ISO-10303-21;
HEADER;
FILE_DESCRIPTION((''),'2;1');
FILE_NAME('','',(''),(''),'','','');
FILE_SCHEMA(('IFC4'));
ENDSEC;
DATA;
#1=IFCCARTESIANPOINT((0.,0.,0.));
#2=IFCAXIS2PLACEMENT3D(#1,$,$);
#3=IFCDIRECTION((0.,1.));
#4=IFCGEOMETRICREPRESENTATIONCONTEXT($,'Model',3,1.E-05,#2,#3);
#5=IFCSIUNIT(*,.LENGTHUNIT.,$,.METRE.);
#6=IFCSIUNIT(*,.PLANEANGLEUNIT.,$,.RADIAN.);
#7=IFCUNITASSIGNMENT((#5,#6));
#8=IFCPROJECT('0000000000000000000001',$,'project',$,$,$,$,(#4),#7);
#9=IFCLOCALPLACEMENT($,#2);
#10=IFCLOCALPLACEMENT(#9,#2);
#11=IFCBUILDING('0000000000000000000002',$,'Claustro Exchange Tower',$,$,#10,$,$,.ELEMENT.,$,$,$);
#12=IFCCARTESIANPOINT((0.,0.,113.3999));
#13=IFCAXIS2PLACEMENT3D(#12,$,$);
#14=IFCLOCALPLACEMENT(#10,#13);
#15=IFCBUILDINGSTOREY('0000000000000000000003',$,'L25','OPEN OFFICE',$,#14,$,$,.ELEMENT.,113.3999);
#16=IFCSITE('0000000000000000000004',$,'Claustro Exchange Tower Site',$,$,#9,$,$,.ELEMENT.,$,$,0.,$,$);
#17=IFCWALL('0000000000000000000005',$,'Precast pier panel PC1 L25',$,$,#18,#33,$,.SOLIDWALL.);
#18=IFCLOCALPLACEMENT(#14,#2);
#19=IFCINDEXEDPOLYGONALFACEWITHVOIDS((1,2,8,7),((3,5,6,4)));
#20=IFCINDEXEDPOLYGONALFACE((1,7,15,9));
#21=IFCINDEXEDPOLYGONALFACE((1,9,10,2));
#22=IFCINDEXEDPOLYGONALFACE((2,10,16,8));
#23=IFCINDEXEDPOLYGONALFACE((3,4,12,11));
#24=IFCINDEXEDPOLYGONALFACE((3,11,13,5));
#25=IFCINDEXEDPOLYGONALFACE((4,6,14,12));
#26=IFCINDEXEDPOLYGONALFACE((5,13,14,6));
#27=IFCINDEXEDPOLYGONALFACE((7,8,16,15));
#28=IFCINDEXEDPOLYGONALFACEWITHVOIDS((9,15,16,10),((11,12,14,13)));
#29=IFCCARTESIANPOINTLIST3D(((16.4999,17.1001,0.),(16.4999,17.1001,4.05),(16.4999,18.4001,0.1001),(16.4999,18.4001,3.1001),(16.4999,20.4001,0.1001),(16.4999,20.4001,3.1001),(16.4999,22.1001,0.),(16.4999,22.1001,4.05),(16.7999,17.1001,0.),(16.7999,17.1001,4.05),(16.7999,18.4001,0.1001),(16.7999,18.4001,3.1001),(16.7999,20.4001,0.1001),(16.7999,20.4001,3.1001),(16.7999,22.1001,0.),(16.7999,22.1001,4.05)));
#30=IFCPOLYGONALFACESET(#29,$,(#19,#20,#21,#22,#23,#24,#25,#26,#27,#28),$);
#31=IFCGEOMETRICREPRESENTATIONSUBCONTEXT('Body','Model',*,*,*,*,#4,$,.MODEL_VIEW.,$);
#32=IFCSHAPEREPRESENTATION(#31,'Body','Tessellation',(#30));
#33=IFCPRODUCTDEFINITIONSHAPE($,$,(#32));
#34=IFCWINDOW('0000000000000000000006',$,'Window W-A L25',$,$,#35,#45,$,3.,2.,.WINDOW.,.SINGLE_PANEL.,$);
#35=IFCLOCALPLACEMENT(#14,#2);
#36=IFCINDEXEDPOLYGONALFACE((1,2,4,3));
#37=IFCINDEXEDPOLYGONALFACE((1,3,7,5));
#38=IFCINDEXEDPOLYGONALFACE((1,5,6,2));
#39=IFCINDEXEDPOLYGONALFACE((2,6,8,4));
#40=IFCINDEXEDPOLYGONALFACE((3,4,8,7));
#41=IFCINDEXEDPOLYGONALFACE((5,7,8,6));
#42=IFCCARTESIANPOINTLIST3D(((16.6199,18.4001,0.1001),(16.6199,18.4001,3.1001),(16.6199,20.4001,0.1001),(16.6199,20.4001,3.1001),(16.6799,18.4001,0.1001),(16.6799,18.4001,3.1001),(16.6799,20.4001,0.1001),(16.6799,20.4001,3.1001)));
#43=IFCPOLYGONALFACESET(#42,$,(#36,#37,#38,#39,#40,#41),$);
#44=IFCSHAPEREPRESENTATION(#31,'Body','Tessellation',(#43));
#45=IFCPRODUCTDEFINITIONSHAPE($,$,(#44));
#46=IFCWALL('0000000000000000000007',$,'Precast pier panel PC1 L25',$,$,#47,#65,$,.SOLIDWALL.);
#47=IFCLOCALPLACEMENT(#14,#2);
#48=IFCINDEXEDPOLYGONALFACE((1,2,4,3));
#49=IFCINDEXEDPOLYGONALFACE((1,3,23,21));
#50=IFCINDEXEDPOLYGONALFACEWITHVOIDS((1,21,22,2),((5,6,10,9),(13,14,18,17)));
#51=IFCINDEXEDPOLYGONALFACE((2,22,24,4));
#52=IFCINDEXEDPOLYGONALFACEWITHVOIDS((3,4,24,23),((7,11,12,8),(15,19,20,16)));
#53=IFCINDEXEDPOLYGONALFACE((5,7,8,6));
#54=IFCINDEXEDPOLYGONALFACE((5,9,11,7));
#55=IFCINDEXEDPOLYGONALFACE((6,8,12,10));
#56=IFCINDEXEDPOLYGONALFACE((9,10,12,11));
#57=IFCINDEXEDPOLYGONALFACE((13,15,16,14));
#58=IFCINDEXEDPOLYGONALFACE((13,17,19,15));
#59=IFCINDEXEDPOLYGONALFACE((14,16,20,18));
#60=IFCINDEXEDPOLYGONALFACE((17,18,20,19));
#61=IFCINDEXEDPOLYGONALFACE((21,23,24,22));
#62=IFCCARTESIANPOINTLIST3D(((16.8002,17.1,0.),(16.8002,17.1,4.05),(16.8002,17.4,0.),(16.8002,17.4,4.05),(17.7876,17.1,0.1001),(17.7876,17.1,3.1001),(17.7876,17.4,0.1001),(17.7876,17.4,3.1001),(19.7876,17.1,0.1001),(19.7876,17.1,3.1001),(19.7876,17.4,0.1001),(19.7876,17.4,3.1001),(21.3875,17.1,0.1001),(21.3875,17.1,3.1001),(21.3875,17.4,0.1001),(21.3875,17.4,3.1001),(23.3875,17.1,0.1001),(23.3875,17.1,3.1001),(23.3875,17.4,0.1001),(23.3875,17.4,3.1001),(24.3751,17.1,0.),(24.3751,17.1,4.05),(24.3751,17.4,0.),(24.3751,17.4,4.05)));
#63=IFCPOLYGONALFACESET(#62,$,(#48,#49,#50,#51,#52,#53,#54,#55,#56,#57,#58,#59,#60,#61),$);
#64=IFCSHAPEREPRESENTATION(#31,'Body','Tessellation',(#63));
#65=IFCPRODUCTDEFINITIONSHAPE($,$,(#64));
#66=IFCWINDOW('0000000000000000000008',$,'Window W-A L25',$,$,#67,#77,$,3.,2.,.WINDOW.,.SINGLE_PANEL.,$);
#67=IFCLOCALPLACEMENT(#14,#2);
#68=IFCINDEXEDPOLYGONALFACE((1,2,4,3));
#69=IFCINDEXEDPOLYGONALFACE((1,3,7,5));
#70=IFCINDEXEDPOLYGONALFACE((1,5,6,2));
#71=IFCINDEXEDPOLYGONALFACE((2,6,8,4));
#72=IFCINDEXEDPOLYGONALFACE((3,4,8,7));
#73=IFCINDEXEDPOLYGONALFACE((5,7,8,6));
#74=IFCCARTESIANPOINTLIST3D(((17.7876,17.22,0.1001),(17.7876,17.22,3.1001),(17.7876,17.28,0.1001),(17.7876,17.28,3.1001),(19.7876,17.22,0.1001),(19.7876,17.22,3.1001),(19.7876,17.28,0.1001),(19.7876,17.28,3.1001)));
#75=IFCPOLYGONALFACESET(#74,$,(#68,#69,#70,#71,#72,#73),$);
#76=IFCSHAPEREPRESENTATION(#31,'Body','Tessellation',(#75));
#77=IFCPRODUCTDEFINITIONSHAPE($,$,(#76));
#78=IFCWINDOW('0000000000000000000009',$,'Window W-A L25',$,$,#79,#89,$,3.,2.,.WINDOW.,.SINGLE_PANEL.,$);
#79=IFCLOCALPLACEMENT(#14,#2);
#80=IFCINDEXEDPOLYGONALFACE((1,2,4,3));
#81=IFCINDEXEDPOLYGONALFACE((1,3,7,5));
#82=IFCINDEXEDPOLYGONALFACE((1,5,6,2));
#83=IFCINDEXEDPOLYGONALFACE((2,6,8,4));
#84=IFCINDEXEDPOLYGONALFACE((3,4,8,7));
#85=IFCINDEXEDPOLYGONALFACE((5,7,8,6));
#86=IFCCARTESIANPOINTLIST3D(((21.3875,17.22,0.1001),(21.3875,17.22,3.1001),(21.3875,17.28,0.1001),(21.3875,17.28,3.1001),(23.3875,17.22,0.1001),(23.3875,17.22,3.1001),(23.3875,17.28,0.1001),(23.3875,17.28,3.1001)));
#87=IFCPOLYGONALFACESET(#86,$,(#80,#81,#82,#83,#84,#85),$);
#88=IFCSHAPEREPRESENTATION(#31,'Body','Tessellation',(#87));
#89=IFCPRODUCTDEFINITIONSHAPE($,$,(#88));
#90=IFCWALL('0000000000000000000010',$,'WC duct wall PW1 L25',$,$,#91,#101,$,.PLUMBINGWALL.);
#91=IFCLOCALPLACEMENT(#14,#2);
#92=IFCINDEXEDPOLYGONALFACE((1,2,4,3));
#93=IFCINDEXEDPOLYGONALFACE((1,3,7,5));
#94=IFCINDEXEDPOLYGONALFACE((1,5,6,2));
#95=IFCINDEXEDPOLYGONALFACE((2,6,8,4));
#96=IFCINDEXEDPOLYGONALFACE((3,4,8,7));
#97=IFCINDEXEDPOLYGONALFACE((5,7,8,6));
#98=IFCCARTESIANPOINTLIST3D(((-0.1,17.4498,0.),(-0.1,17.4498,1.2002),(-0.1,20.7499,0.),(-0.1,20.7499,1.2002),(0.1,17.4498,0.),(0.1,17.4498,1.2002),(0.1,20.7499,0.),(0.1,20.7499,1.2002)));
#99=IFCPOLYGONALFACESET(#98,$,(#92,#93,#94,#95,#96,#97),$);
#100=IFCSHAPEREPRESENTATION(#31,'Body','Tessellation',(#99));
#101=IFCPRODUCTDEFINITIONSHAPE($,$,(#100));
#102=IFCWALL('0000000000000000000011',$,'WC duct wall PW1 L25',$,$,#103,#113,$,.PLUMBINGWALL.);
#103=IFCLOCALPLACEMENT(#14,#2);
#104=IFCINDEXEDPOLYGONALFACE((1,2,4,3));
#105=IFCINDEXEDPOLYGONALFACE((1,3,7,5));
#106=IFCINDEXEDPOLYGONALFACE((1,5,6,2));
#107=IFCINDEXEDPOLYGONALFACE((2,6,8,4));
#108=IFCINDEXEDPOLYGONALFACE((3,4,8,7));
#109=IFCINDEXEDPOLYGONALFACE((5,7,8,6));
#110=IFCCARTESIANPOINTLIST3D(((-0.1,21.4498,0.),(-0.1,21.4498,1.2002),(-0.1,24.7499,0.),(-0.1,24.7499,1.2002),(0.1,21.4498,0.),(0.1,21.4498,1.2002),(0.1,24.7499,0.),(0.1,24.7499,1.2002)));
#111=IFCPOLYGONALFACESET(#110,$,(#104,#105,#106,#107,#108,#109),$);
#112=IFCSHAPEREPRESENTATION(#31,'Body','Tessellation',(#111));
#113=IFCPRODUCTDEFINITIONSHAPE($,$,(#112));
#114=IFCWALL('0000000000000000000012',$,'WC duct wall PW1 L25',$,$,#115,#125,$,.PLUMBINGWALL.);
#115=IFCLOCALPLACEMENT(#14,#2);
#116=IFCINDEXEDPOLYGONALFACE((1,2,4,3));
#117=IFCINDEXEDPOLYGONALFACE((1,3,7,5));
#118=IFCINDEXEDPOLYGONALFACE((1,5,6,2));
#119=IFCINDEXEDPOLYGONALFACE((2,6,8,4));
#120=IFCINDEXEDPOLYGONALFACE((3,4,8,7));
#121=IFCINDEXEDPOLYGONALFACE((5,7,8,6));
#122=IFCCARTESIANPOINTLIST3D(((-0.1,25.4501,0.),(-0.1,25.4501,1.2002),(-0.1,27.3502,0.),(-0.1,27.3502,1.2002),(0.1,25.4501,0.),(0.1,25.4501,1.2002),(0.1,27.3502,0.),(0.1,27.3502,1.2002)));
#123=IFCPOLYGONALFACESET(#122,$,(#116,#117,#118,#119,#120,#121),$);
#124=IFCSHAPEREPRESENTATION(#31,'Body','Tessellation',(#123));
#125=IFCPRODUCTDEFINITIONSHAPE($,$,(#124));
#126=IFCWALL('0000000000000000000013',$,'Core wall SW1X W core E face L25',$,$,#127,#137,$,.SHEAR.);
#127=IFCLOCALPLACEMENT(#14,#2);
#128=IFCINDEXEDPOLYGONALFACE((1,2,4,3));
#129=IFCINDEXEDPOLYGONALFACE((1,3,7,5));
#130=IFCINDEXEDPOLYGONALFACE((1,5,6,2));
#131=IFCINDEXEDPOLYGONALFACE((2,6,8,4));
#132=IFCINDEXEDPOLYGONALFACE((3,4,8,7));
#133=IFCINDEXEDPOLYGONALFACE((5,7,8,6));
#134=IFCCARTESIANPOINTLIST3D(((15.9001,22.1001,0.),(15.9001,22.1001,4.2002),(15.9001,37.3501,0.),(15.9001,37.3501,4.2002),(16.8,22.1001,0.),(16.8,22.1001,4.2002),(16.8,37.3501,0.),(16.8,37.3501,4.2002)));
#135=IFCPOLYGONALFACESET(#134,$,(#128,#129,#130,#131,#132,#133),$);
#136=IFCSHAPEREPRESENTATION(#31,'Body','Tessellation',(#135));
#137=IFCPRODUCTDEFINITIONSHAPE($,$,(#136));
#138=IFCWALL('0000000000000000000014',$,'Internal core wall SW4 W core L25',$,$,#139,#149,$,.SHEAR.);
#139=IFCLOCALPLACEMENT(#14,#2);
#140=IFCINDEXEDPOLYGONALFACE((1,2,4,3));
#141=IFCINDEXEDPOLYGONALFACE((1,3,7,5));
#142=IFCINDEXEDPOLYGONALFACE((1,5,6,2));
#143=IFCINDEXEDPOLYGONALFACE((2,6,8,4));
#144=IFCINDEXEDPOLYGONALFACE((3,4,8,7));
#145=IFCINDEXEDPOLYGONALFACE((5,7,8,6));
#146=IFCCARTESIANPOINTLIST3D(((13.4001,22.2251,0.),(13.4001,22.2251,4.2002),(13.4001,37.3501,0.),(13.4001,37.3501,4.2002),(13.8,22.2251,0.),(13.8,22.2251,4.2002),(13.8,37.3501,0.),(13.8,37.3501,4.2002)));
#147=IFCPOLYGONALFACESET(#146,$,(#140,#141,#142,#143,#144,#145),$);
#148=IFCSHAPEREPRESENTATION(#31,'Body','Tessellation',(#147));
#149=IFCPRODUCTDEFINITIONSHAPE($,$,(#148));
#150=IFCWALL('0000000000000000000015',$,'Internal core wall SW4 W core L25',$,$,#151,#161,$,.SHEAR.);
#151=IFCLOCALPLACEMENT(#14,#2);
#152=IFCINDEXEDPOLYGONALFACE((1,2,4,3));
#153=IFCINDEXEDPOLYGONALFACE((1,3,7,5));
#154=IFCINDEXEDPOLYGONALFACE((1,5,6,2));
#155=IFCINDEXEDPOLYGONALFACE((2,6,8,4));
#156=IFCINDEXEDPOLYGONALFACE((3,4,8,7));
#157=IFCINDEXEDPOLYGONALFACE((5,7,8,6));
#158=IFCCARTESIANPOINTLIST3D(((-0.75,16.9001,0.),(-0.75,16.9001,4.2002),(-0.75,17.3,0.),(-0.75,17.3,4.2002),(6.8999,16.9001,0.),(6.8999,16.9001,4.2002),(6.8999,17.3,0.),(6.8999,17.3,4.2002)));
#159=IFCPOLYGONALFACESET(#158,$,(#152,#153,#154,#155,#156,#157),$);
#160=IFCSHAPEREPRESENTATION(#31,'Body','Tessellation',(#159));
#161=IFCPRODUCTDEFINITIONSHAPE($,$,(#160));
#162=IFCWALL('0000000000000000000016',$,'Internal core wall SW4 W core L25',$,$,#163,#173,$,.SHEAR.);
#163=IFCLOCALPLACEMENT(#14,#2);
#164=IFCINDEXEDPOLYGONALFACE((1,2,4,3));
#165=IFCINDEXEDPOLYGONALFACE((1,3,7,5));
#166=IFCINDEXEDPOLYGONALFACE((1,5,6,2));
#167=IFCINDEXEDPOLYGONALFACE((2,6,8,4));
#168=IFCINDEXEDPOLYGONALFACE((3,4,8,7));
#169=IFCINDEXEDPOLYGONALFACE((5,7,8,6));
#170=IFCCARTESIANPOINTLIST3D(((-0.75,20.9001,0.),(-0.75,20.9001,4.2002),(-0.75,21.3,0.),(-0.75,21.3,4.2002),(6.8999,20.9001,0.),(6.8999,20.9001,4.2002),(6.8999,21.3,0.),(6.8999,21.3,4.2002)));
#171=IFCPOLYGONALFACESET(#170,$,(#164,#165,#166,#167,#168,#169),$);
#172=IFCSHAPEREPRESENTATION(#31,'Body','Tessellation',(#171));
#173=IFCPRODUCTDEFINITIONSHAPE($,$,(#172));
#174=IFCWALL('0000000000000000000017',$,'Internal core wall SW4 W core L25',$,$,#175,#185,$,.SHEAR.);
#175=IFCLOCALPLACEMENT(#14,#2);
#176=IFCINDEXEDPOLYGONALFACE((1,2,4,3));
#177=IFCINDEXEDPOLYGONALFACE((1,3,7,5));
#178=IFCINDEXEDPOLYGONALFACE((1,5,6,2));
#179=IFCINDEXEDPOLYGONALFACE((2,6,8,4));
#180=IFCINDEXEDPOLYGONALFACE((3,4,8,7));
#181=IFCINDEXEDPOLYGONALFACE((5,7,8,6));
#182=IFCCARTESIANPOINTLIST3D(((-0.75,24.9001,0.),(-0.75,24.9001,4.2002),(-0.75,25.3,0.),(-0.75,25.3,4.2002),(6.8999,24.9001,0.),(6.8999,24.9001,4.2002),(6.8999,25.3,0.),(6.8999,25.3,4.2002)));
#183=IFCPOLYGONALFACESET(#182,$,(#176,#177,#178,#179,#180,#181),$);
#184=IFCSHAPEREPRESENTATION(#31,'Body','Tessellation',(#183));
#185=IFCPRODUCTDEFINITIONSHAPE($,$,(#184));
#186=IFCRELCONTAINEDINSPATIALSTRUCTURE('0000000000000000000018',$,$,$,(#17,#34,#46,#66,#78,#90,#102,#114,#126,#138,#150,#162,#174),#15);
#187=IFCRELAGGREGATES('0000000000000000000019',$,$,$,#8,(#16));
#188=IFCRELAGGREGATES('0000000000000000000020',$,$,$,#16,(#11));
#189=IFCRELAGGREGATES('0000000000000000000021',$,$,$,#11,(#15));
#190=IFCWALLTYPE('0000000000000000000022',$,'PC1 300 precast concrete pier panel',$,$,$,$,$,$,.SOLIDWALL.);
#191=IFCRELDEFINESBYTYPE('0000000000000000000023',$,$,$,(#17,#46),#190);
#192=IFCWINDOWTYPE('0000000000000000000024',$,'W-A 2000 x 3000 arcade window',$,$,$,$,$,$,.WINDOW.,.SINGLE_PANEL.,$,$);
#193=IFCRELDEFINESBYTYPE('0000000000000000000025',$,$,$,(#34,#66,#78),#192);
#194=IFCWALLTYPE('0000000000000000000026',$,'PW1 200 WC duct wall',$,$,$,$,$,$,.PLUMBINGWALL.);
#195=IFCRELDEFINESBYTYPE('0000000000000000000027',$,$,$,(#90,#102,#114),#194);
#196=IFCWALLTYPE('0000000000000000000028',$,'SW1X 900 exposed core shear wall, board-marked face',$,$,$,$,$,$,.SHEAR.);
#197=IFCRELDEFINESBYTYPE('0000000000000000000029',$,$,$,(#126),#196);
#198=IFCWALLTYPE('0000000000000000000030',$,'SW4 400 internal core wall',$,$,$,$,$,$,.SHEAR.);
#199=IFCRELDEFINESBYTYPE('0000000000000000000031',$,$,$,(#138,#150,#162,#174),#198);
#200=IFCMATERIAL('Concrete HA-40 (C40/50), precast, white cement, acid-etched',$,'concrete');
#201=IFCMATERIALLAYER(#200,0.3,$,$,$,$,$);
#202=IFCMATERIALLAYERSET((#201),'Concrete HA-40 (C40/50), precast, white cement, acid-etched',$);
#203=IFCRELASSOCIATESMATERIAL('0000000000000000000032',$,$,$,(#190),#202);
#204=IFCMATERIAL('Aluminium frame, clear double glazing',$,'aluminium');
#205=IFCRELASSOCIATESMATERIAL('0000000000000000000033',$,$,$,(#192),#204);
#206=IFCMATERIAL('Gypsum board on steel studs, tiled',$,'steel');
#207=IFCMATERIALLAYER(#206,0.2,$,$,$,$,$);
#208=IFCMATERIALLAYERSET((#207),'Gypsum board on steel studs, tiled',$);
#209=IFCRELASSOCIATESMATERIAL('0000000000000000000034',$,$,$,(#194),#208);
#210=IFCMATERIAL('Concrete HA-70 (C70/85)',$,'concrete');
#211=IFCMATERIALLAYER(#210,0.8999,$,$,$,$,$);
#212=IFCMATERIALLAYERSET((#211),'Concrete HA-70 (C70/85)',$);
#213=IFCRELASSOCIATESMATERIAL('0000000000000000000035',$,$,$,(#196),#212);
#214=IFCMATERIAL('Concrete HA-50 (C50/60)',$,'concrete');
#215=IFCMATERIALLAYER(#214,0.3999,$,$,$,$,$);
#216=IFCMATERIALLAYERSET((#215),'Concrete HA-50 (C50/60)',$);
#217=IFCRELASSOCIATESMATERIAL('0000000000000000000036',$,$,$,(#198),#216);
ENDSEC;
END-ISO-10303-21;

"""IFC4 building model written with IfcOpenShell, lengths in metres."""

from ifc_helpers import new_model, si_unit, direction, frame, frame_2d, origin, place, context, subcontext, project, spatial, rectangle, extrude, material, layer, layer_set, type_object, element, fill, save


model = new_model("IFC4")

# Units and contexts
model_context = context("Model", 3, precision=1e-05, world=origin(), true_north=direction((0.0, 1.0)))
body_context = subcontext(model_context, "Body", "Model", "MODEL_VIEW")
ifc_project = project(units=[si_unit("LENGTHUNIT", "METRE"), si_unit("PLANEANGLEUNIT", "RADIAN")], contexts=[model_context])

# Site, building, storey
site_placement = place(None, origin())
site = spatial("IfcSite", under=ifc_project, at=site_placement, Name="Claustro Exchange Tower Site", CompositionType="ELEMENT", RefElevation=0.0)
building_placement = place(site_placement, origin())
building = spatial("IfcBuilding", under=site, at=building_placement, Name="Claustro Exchange Tower", CompositionType="ELEMENT")
storey_placement = place(building_placement, frame((0.0, 0.0, 113.3999)))
storey = spatial("IfcBuildingStorey", under=building, at=storey_placement, Name="L25", Description="OPEN OFFICE", CompositionType="ELEMENT", Elevation=113.3999)

# Wall, opening, window
ifc_material_1 = material(Name="Concrete HA-40 (C40/50), precast, white cement, acid-etched", Category="concrete")
ifc_layer_1 = layer(ifc_material_1, 0.3)
ifc_layer_set_1 = layer_set([ifc_layer_1], Name="Concrete HA-40 (C40/50), precast, white cement, acid-etched")
wall_type_1 = type_object("IfcWallType", Name="PC1 300 precast concrete pier panel", PredefinedType="SOLIDWALL", material=ifc_layer_set_1)
wall_1_placement = place(storey_placement, frame((16.6499, 17.1001, 0.0), z_axis=(0.0, 0.0, 1.0), x_axis=(0.0, 1.0, 0.0)))
wall_1 = element("IfcWall", 1, at=wall_1_placement, inside=storey, type_object=wall_type_1, Name="Precast pier panel PC1 L25", PredefinedType="SOLIDWALL", context=body_context, shape_type="SweptSolid", body=[
    extrude(rectangle(XDim=5.0, YDim=0.3, at=frame_2d((2.5, 0.0))), origin(), (0.0, 0.0, 1.0), 4.05),
])
opening_1_placement = place(wall_1_placement, frame((1.3, 0.0, 0.1001)))
opening_1 = element("IfcOpeningElement", 2, at=opening_1_placement, cuts=wall_1, PredefinedType="OPENING", context=body_context, shape_type="SweptSolid", body=[
    extrude(rectangle(XDim=2.0, YDim=3.0, at=frame_2d((1.0, 1.5))), frame((0.0, 0.1599, 0.0), z_axis=(0.0, -1.0, 0.0), x_axis=(1.0, 0.0, 0.0)), (0.0, 0.0, 1.0), 0.3201),
])
ifc_material_2 = material(Name="Aluminium frame, clear double glazing", Category="aluminium")
window_type = type_object("IfcWindowType", Name="W-A 2000 x 3000 arcade window", PartitioningType="SINGLE_PANEL", PredefinedType="WINDOW", material=ifc_material_2)
window_1_placement = place(opening_1_placement, origin())
window_1 = element("IfcWindow", 3, at=window_1_placement, inside=storey, type_object=window_type, Name="Window W-A L25", OverallHeight=3.0, OverallWidth=2.0, PartitioningType="SINGLE_PANEL", PredefinedType="WINDOW", context=body_context, shape_type="SweptSolid", body=[
    extrude(rectangle(XDim=2.0, YDim=3.0, at=frame_2d((1.0, 1.5))), frame((0.0, 0.03, 0.0), z_axis=(0.0, -1.0, 0.0), x_axis=(1.0, 0.0, 0.0)), (0.0, 0.0, 1.0), 0.0601),
])
fill(opening_1, window_1)

# Wall, openings, windows
wall_2_placement = place(storey_placement, frame((16.8, 17.25, 0.0), z_axis=(0.0, 0.0, 1.0), x_axis=(1.0, 0.0, 0.0)))
wall_2 = element("IfcWall", 4, at=wall_2_placement, inside=storey, type_object=wall_type_1, Name="Precast pier panel PC1 L25", PredefinedType="SOLIDWALL", context=body_context, shape_type="SweptSolid", body=[
    extrude(rectangle(XDim=7.575, YDim=0.3, at=frame_2d((3.7876, 0.0))), origin(), (0.0, 0.0, 1.0), 4.05),
])
opening_2_placement = place(wall_2_placement, frame((0.9875, 0.0, 0.1001)))
opening_2 = element("IfcOpeningElement", 5, at=opening_2_placement, cuts=wall_2, PredefinedType="OPENING", context=body_context, shape_type="SweptSolid", body=[
    extrude(rectangle(XDim=2.0, YDim=3.0, at=frame_2d((1.0, 1.5))), frame((0.0, 0.1599, 0.0), z_axis=(0.0, -1.0, 0.0), x_axis=(1.0, 0.0, 0.0)), (0.0, 0.0, 1.0), 0.3201),
])
opening_3_placement = place(wall_2_placement, frame((4.5874, 0.0, 0.1001)))
opening_3 = element("IfcOpeningElement", 6, at=opening_3_placement, cuts=wall_2, PredefinedType="OPENING", context=body_context, shape_type="SweptSolid", body=[
    extrude(rectangle(XDim=2.0, YDim=3.0, at=frame_2d((1.0, 1.5))), frame((0.0, 0.1599, 0.0), z_axis=(0.0, -1.0, 0.0), x_axis=(1.0, 0.0, 0.0)), (0.0, 0.0, 1.0), 0.3201),
])
window_2_placement = place(opening_2_placement, origin())
window_2 = element("IfcWindow", 7, at=window_2_placement, inside=storey, type_object=window_type, Name="Window W-A L25", OverallHeight=3.0, OverallWidth=2.0, PartitioningType="SINGLE_PANEL", PredefinedType="WINDOW", context=body_context, shape_type="SweptSolid", body=[
    extrude(rectangle(XDim=2.0, YDim=3.0, at=frame_2d((1.0, 1.5))), frame((0.0, 0.03, 0.0), z_axis=(0.0, -1.0, 0.0), x_axis=(1.0, 0.0, 0.0)), (0.0, 0.0, 1.0), 0.0601),
])
fill(opening_2, window_2)
window_3_placement = place(opening_3_placement, origin())
window_3 = element("IfcWindow", 8, at=window_3_placement, inside=storey, type_object=window_type, Name="Window W-A L25", OverallHeight=3.0, OverallWidth=2.0, PartitioningType="SINGLE_PANEL", PredefinedType="WINDOW", context=body_context, shape_type="SweptSolid", body=[
    extrude(rectangle(XDim=2.0, YDim=3.0, at=frame_2d((1.0, 1.5))), frame((0.0, 0.03, 0.0), z_axis=(0.0, -1.0, 0.0), x_axis=(1.0, 0.0, 0.0)), (0.0, 0.0, 1.0), 0.0601),
])
fill(opening_3, window_3)

# Walls
ifc_material_3 = material(Name="Gypsum board on steel studs, tiled", Category="steel")
ifc_layer_2 = layer(ifc_material_3, 0.2)
ifc_layer_set_2 = layer_set([ifc_layer_2], Name="Gypsum board on steel studs, tiled")
wall_type_2 = type_object("IfcWallType", Name="PW1 200 WC duct wall", PredefinedType="PLUMBINGWALL", material=ifc_layer_set_2)
for number, where, z_axis, x_axis, name in (
    (9, (0.0, 17.45, 0.0), (0.0, 0.0, 1.0), (0.0, 1.0, 0.0), "WC duct wall PW1 L25"),
    (10, (0.0, 21.45, 0.0), (0.0, 0.0, 1.0), (0.0, 1.0, 0.0), "WC duct wall PW1 L25"),
):
    element("IfcWall", number, at=place(storey_placement, frame(where, z_axis=z_axis, x_axis=x_axis)), inside=storey, type_object=wall_type_2, Name=name, PredefinedType="PLUMBINGWALL", context=body_context, shape_type="SweptSolid", body=[
        extrude(rectangle(XDim=3.3, YDim=0.2, at=frame_2d((1.6499, 0.0))), origin(), (0.0, 0.0, 1.0), 1.2002),
    ])
wall_3_placement = place(storey_placement, frame((0.0, 25.45, 0.0), z_axis=(0.0, 0.0, 1.0), x_axis=(0.0, 1.0, 0.0)))
element("IfcWall", 11, at=wall_3_placement, inside=storey, type_object=wall_type_2, Name="WC duct wall PW1 L25", PredefinedType="PLUMBINGWALL", context=body_context, shape_type="SweptSolid", body=[
    extrude(rectangle(XDim=1.9001, YDim=0.2, at=frame_2d((0.9502, 0.0))), origin(), (0.0, 0.0, 1.0), 1.2002),
])
ifc_material_4 = material(Name="Concrete HA-70 (C70/85)", Category="concrete")
ifc_layer_3 = layer(ifc_material_4, 0.8999)
ifc_layer_set_3 = layer_set([ifc_layer_3], Name="Concrete HA-70 (C70/85)")
wall_type_3 = type_object("IfcWallType", Name="SW1X 900 exposed core shear wall, board-marked face", PredefinedType="SHEAR", material=ifc_layer_set_3)
wall_4_placement = place(storey_placement, frame((16.3501, 22.1001, 0.0), z_axis=(0.0, 0.0, 1.0), x_axis=(0.0, 1.0, 0.0)))
element("IfcWall", 12, at=wall_4_placement, inside=storey, type_object=wall_type_3, Name="Core wall SW1X W core E face L25", PredefinedType="SHEAR", context=body_context, shape_type="SweptSolid", body=[
    extrude(rectangle(XDim=15.25, YDim=0.8999, at=frame_2d((7.625, 0.0))), origin(), (0.0, 0.0, 1.0), 4.2002),
])
ifc_material_5 = material(Name="Concrete HA-50 (C50/60)", Category="concrete")
ifc_layer_4 = layer(ifc_material_5, 0.3999)
ifc_layer_set_4 = layer_set([ifc_layer_4], Name="Concrete HA-50 (C50/60)")
wall_type_4 = type_object("IfcWallType", Name="SW4 400 internal core wall", PredefinedType="SHEAR", material=ifc_layer_set_4)
wall_5_placement = place(storey_placement, frame((13.6001, 22.2251, 0.0), z_axis=(0.0, 0.0, 1.0), x_axis=(0.0, 1.0, 0.0)))
element("IfcWall", 13, at=wall_5_placement, inside=storey, type_object=wall_type_4, Name="Internal core wall SW4 W core L25", PredefinedType="SHEAR", context=body_context, shape_type="SweptSolid", body=[
    extrude(rectangle(XDim=15.125, YDim=0.3999, at=frame_2d((7.5625, 0.0))), origin(), (0.0, 0.0, 1.0), 4.2002),
])
for number, where, z_axis, x_axis, name in (
    (14, (-0.75, 17.1001, 0.0), (0.0, 0.0, 1.0), (1.0, 0.0, 0.0), "Internal core wall SW4 W core L25"),
    (15, (-0.75, 21.1001, 0.0), (0.0, 0.0, 1.0), (1.0, 0.0, 0.0), "Internal core wall SW4 W core L25"),
    (16, (-0.75, 25.1001, 0.0), (0.0, 0.0, 1.0), (1.0, 0.0, 0.0), "Internal core wall SW4 W core L25"),
):
    element("IfcWall", number, at=place(storey_placement, frame(where, z_axis=z_axis, x_axis=x_axis)), inside=storey, type_object=wall_type_4, Name=name, PredefinedType="SHEAR", context=body_context, shape_type="SweptSolid", body=[
        extrude(rectangle(XDim=7.6499, YDim=0.3999, at=frame_2d((3.825, 0.0))), origin(), (0.0, 0.0, 1.0), 4.2002),
    ])

save(model, "model.ifc")
